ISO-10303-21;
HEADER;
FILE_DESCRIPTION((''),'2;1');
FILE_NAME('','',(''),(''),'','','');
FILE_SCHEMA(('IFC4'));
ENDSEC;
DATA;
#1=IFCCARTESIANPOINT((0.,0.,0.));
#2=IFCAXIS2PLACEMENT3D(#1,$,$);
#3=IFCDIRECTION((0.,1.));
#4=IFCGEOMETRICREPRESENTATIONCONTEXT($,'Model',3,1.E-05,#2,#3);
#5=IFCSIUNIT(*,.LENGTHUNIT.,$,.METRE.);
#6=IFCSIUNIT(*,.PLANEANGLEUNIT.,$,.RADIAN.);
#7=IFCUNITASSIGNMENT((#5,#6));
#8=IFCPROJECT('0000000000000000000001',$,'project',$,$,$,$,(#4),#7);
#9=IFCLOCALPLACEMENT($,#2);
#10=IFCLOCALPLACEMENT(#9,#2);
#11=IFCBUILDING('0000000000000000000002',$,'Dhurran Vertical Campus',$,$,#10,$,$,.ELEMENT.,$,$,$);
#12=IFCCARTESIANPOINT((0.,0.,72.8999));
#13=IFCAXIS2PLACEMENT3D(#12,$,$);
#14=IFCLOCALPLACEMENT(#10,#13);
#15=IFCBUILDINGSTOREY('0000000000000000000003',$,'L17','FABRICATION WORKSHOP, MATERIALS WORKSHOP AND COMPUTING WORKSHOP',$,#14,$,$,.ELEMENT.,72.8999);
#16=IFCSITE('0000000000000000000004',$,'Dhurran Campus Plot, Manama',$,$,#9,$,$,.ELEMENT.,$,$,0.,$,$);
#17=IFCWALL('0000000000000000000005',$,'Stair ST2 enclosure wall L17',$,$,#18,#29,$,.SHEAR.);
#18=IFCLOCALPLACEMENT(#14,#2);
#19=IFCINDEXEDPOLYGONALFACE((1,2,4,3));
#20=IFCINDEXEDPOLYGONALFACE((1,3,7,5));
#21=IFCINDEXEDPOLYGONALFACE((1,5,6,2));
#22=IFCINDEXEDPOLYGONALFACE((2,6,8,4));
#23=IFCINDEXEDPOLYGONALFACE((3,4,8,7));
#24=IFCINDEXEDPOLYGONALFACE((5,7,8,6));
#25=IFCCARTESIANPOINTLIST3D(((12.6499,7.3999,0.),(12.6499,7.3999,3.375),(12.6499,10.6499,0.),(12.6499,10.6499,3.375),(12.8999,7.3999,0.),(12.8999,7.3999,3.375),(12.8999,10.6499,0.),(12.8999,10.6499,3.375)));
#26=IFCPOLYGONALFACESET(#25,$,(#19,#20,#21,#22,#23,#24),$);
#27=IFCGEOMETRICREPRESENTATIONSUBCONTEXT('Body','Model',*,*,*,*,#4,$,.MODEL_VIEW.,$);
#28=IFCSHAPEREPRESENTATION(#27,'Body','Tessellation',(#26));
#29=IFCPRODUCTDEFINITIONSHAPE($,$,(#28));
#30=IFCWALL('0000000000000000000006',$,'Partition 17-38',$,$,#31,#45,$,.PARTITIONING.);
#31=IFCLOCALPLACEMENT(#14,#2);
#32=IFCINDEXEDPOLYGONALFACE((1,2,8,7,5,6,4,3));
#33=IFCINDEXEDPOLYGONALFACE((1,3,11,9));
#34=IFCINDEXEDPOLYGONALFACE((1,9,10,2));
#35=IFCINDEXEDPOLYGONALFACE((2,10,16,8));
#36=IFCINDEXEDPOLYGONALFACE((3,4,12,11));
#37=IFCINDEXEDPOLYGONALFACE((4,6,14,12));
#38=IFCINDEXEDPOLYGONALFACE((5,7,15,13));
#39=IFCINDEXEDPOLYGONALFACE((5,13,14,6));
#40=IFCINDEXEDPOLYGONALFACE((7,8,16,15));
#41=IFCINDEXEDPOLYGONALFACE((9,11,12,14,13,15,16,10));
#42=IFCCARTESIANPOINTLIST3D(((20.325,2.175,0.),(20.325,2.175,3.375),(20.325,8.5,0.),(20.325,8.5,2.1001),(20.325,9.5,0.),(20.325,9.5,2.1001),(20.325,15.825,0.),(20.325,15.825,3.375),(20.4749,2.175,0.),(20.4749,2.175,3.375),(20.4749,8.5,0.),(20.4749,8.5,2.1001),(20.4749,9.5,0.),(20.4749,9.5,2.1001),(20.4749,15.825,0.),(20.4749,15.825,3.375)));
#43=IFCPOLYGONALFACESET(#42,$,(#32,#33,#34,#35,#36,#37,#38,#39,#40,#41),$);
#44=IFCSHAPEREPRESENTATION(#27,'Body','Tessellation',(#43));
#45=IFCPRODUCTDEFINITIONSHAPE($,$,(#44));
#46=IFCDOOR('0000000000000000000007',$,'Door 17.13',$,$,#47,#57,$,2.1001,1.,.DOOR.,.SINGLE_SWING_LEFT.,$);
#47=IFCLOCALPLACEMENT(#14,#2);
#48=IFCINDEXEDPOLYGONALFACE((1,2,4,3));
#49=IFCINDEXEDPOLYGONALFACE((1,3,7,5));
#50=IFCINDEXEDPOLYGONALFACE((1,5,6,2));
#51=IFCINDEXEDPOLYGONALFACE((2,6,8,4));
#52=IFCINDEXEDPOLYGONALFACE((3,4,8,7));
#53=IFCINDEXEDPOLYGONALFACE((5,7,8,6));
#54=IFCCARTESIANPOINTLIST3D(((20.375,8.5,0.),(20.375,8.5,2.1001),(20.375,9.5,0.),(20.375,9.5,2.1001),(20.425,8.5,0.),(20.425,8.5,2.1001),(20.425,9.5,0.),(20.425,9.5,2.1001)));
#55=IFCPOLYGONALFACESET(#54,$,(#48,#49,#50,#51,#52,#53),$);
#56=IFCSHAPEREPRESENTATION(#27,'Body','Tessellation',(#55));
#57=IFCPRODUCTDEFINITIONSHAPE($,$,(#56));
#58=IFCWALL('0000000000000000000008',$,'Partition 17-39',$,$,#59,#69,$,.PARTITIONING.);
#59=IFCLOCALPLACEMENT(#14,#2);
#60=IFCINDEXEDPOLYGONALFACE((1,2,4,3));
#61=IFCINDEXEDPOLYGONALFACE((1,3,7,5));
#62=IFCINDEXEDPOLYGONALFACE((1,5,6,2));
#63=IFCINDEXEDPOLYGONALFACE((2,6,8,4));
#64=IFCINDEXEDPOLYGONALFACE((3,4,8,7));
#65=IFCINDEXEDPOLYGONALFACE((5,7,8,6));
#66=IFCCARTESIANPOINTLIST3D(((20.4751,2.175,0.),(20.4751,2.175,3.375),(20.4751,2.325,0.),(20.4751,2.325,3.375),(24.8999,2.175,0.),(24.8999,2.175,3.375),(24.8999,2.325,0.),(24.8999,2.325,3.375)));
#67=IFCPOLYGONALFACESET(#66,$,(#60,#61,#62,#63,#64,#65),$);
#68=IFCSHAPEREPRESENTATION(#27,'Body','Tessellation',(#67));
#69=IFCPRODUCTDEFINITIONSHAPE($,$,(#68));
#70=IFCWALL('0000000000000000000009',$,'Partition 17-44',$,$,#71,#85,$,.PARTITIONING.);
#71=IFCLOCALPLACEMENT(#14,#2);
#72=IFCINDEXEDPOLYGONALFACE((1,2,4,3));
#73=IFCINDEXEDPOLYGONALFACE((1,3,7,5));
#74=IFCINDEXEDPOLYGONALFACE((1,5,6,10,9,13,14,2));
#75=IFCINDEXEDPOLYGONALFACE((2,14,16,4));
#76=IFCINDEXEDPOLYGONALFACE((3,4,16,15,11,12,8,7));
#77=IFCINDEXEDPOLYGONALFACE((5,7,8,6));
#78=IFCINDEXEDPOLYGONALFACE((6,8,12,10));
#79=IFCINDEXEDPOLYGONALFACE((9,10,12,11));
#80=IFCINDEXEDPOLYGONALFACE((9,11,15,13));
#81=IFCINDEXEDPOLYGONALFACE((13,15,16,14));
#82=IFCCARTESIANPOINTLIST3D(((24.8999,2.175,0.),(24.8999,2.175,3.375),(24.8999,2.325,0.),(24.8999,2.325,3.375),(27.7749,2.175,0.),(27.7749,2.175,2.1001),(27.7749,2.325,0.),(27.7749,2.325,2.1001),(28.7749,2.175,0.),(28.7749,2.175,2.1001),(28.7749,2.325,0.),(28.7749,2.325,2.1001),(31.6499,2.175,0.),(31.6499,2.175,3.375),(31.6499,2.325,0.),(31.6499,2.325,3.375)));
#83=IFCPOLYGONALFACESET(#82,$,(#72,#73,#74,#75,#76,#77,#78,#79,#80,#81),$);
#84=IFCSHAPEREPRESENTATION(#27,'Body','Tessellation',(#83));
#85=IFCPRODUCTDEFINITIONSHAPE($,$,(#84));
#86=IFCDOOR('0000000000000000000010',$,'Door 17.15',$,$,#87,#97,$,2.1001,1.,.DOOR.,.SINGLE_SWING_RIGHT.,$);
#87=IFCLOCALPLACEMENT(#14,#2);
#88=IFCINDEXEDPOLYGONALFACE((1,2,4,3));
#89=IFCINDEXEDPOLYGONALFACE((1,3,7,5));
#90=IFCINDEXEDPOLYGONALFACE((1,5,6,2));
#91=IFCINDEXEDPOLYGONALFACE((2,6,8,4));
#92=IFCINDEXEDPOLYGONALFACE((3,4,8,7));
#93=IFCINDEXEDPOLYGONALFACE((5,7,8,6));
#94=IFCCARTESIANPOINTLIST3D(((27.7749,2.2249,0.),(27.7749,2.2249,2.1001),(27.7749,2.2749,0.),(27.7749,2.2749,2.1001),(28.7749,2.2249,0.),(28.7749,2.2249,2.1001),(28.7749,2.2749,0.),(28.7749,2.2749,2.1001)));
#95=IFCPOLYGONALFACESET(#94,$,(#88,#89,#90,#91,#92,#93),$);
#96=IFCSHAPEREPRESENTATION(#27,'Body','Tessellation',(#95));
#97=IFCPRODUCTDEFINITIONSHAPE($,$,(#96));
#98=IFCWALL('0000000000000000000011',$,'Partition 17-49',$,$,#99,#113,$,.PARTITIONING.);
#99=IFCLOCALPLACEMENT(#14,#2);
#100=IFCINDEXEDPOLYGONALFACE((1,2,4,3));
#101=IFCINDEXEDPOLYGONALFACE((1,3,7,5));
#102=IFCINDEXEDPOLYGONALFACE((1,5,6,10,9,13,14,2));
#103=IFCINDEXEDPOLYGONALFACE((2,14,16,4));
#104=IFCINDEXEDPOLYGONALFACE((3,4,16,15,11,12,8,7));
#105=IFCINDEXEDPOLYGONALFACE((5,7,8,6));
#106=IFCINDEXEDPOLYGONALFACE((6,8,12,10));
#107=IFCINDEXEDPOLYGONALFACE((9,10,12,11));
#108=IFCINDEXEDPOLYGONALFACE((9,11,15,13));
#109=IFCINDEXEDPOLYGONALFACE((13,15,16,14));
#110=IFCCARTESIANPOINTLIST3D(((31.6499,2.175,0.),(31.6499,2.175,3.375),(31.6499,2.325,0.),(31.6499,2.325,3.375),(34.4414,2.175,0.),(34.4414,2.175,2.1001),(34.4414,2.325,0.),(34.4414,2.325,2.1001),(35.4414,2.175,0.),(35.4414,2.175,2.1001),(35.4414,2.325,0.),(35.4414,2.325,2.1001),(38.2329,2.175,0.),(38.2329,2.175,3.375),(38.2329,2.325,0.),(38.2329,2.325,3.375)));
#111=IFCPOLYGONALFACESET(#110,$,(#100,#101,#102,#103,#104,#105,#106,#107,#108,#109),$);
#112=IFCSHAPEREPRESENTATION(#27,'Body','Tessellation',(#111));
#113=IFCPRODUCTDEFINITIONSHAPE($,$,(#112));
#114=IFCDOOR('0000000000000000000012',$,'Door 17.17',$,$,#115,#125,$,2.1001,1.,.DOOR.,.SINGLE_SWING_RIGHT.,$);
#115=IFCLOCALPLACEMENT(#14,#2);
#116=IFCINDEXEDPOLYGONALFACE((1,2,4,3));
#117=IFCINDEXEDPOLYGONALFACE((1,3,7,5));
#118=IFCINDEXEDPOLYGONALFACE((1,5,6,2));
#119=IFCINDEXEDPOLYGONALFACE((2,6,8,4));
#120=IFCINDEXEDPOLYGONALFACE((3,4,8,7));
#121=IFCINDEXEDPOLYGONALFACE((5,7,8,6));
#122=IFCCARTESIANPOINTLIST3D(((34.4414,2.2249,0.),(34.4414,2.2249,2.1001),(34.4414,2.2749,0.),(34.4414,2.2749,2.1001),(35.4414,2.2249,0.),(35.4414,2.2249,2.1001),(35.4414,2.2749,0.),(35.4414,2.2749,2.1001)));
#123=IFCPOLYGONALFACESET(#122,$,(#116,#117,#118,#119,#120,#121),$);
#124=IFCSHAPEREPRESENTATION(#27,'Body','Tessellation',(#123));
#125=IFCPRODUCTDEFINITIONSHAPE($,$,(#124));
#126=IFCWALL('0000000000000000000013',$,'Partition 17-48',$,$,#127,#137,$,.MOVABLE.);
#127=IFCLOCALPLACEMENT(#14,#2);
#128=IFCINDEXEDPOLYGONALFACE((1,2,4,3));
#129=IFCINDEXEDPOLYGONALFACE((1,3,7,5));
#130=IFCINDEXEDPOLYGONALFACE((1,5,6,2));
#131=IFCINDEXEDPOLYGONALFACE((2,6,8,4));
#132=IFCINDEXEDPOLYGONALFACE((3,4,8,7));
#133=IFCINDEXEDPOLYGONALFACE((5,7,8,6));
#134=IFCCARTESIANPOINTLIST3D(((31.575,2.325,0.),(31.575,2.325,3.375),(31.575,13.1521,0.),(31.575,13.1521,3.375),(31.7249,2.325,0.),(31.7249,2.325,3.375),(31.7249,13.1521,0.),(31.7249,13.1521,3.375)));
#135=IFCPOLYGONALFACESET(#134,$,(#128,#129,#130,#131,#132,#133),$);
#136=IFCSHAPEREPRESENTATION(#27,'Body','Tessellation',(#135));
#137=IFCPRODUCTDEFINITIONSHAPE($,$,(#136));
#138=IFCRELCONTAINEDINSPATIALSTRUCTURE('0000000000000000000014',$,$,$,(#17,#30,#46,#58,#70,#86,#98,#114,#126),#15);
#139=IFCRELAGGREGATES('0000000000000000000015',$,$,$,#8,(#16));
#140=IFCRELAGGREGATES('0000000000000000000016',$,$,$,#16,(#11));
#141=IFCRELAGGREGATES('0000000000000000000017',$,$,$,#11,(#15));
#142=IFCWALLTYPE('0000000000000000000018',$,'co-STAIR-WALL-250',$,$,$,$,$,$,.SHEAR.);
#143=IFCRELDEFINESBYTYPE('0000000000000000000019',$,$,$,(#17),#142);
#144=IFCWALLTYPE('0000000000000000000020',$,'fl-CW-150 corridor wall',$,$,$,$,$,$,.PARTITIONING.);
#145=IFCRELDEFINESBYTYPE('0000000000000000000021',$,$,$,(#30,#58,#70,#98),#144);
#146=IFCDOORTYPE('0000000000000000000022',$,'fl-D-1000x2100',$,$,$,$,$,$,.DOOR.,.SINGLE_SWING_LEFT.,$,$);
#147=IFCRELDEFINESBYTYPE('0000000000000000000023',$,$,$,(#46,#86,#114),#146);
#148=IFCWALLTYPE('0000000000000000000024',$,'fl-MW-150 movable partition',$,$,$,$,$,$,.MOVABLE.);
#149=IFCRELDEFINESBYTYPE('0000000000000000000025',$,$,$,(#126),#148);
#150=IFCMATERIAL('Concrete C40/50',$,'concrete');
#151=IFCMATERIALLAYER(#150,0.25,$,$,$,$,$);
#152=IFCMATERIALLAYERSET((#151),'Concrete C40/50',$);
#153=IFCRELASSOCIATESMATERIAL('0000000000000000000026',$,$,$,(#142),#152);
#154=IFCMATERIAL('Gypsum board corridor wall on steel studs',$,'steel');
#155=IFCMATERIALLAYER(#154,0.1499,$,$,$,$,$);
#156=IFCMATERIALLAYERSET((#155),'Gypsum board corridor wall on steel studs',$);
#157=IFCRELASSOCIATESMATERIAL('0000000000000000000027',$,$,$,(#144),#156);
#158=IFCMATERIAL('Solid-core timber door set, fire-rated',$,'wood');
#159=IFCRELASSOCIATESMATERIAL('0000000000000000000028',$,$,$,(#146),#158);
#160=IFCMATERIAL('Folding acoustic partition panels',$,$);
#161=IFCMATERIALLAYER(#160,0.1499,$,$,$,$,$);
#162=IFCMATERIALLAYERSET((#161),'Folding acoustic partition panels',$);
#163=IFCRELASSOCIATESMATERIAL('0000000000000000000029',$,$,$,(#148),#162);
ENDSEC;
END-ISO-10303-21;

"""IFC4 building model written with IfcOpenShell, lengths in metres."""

from ifc_helpers import new_model, si_unit, direction, frame, frame_2d, origin, place, context, subcontext, project, spatial, rectangle, extrude, material, layer, layer_set, type_object, element, fill, save


model = new_model("IFC4")

# Units and contexts
model_context = context("Model", 3, precision=1e-05, world=origin(), true_north=direction((0.0, 1.0)))
body_context = subcontext(model_context, "Body", "Model", "MODEL_VIEW")
ifc_project = project(units=[si_unit("LENGTHUNIT", "METRE"), si_unit("PLANEANGLEUNIT", "RADIAN")], contexts=[model_context])

# Site, building, storey
site_placement = place(None, origin())
site = spatial("IfcSite", under=ifc_project, at=site_placement, Name="Dhurran Campus Plot, Manama", CompositionType="ELEMENT", RefElevation=0.0)
building_placement = place(site_placement, origin())
building = spatial("IfcBuilding", under=site, at=building_placement, Name="Dhurran Vertical Campus", CompositionType="ELEMENT")
storey_placement = place(building_placement, frame((0.0, 0.0, 72.8999)))
storey = spatial("IfcBuildingStorey", under=building, at=storey_placement, Name="L17", Description="FABRICATION WORKSHOP, MATERIALS WORKSHOP AND COMPUTING WORKSHOP", CompositionType="ELEMENT", Elevation=72.8999)

# Wall
ifc_material_1 = material(Name="Concrete C40/50", Category="concrete")
ifc_layer_1 = layer(ifc_material_1, 0.25)
ifc_layer_set_1 = layer_set([ifc_layer_1], Name="Concrete C40/50")
wall_type_1 = type_object("IfcWallType", Name="co-STAIR-WALL-250", PredefinedType="SHEAR", material=ifc_layer_set_1)
wall_1_placement = place(storey_placement, frame((12.7749, 7.3999, 0.0), z_axis=(0.0, 0.0, 1.0), x_axis=(0.0, 1.0, 0.0)))
element("IfcWall", 1, at=wall_1_placement, inside=storey, type_object=wall_type_1, Name="Stair ST2 enclosure wall L17", PredefinedType="SHEAR", context=body_context, shape_type="SweptSolid", body=[
    extrude(rectangle(XDim=3.25, YDim=0.25, at=frame_2d((1.625, 0.0))), origin(), (0.0, 0.0, 1.0), 3.375),
])

# Wall, opening, door
ifc_material_2 = material(Name="Gypsum board corridor wall on steel studs", Category="steel")
ifc_layer_2 = layer(ifc_material_2, 0.1499)
ifc_layer_set_2 = layer_set([ifc_layer_2], Name="Gypsum board corridor wall on steel studs")
wall_type_2 = type_object("IfcWallType", Name="fl-CW-150 corridor wall", PredefinedType="PARTITIONING", material=ifc_layer_set_2)
wall_2_placement = place(storey_placement, frame((20.3999, 2.175, 0.0), z_axis=(0.0, 0.0, 1.0), x_axis=(0.0, 1.0, 0.0)))
wall_2 = element("IfcWall", 2, at=wall_2_placement, inside=storey, type_object=wall_type_2, Name="Partition 17-38", PredefinedType="PARTITIONING", context=body_context, shape_type="SweptSolid", body=[
    extrude(rectangle(XDim=13.6499, YDim=0.1499, at=frame_2d((6.825, 0.0))), origin(), (0.0, 0.0, 1.0), 3.375),
])
opening_1_placement = place(wall_2_placement, frame((6.325, 0.0, 0.0)))
opening_1 = element("IfcOpeningElement", 3, at=opening_1_placement, cuts=wall_2, PredefinedType="OPENING", context=body_context, shape_type="SweptSolid", body=[
    extrude(rectangle(XDim=1.0, YDim=2.1001, at=frame_2d((0.5, 1.05))), frame((0.0, 0.085, 0.0), z_axis=(0.0, -1.0, 0.0), x_axis=(1.0, 0.0, 0.0)), (0.0, 0.0, 1.0), 0.1699),
])
ifc_material_3 = material(Name="Solid-core timber door set, fire-rated", Category="wood")
door_type_1 = type_object("IfcDoorType", Name="fl-D-1000x2100", OperationType="SINGLE_SWING_LEFT", PredefinedType="DOOR", material=ifc_material_3)
door_1_placement = place(opening_1_placement, origin())
door_1 = element("IfcDoor", 4, at=door_1_placement, inside=storey, type_object=door_type_1, Name="Door 17.13", OperationType="SINGLE_SWING_LEFT", OverallHeight=2.1001, OverallWidth=1.0, PredefinedType="DOOR", context=body_context, shape_type="SweptSolid", body=[
    extrude(rectangle(XDim=1.0, YDim=2.1001, at=frame_2d((0.5, 1.05))), frame((0.0, 0.0249, 0.0), z_axis=(0.0, -1.0, 0.0), x_axis=(1.0, 0.0, 0.0)), (0.0, 0.0, 1.0), 0.05),
])
fill(opening_1, door_1)

# Wall
wall_3_placement = place(storey_placement, frame((20.4751, 2.25, 0.0), z_axis=(0.0, 0.0, 1.0), x_axis=(1.0, 0.0, 0.0)))
element("IfcWall", 5, at=wall_3_placement, inside=storey, type_object=wall_type_2, Name="Partition 17-39", PredefinedType="PARTITIONING", context=body_context, shape_type="SweptSolid", body=[
    extrude(rectangle(XDim=4.4248, YDim=0.1499, at=frame_2d((2.2124, 0.0))), origin(), (0.0, 0.0, 1.0), 3.375),
])

# Walls, openings, doors
wall_4_placement = place(storey_placement, frame((24.8999, 2.25, 0.0), z_axis=(0.0, 0.0, 1.0), x_axis=(1.0, 0.0, 0.0)))
wall_4 = element("IfcWall", 6, at=wall_4_placement, inside=storey, type_object=wall_type_2, Name="Partition 17-44", PredefinedType="PARTITIONING", context=body_context, shape_type="SweptSolid", body=[
    extrude(rectangle(XDim=6.75, YDim=0.1499, at=frame_2d((3.375, 0.0))), origin(), (0.0, 0.0, 1.0), 3.375),
])
opening_2_placement = place(wall_4_placement, frame((2.875, 0.0, 0.0)))
opening_2 = element("IfcOpeningElement", 7, at=opening_2_placement, cuts=wall_4, PredefinedType="OPENING", context=body_context, shape_type="SweptSolid", body=[
    extrude(rectangle(XDim=1.0, YDim=2.1001, at=frame_2d((0.5, 1.05))), frame((0.0, 0.085, 0.0), z_axis=(0.0, -1.0, 0.0), x_axis=(1.0, 0.0, 0.0)), (0.0, 0.0, 1.0), 0.1699),
])
door_2_placement = place(opening_2_placement, origin())
door_2 = element("IfcDoor", 8, at=door_2_placement, inside=storey, type_object=door_type_1, Name="Door 17.15", OperationType="SINGLE_SWING_RIGHT", OverallHeight=2.1001, OverallWidth=1.0, PredefinedType="DOOR", context=body_context, shape_type="SweptSolid", body=[
    extrude(rectangle(XDim=1.0, YDim=2.1001, at=frame_2d((0.5, 1.05))), frame((0.0, 0.0249, 0.0), z_axis=(0.0, -1.0, 0.0), x_axis=(1.0, 0.0, 0.0)), (0.0, 0.0, 1.0), 0.05),
])
fill(opening_2, door_2)
wall_5_placement = place(storey_placement, frame((31.6499, 2.25, 0.0), z_axis=(0.0, 0.0, 1.0), x_axis=(1.0, 0.0, 0.0)))
wall_5 = element("IfcWall", 9, at=wall_5_placement, inside=storey, type_object=wall_type_2, Name="Partition 17-49", PredefinedType="PARTITIONING", context=body_context, shape_type="SweptSolid", body=[
    extrude(rectangle(XDim=6.583, YDim=0.1499, at=frame_2d((3.2915, 0.0))), origin(), (0.0, 0.0, 1.0), 3.375),
])
opening_3_placement = place(wall_5_placement, frame((2.7915, 0.0, 0.0)))
opening_3 = element("IfcOpeningElement", 10, at=opening_3_placement, cuts=wall_5, PredefinedType="OPENING", context=body_context, shape_type="SweptSolid", body=[
    extrude(rectangle(XDim=1.0, YDim=2.1001, at=frame_2d((0.5, 1.05))), frame((0.0, 0.085, 0.0), z_axis=(0.0, -1.0, 0.0), x_axis=(1.0, 0.0, 0.0)), (0.0, 0.0, 1.0), 0.1699),
])
door_3_placement = place(opening_3_placement, origin())
door_3 = element("IfcDoor", 11, at=door_3_placement, inside=storey, type_object=door_type_1, Name="Door 17.17", OperationType="SINGLE_SWING_RIGHT", OverallHeight=2.1001, OverallWidth=1.0, PredefinedType="DOOR", context=body_context, shape_type="SweptSolid", body=[
    extrude(rectangle(XDim=1.0, YDim=2.1001, at=frame_2d((0.5, 1.05))), frame((0.0, 0.0249, 0.0), z_axis=(0.0, -1.0, 0.0), x_axis=(1.0, 0.0, 0.0)), (0.0, 0.0, 1.0), 0.05),
])
fill(opening_3, door_3)

# Wall
ifc_material_4 = material(Name="Folding acoustic partition panels")
ifc_layer_3 = layer(ifc_material_4, 0.1499)
ifc_layer_set_3 = layer_set([ifc_layer_3], Name="Folding acoustic partition panels")
wall_type_3 = type_object("IfcWallType", Name="fl-MW-150 movable partition", PredefinedType="MOVABLE", material=ifc_layer_set_3)
wall_6_placement = place(storey_placement, frame((31.6499, 13.1521, 0.0), z_axis=(0.0, 0.0, 1.0), x_axis=(0.0, -1.0, 0.0)))
element("IfcWall", 12, at=wall_6_placement, inside=storey, type_object=wall_type_3, Name="Partition 17-48", PredefinedType="MOVABLE", context=body_context, shape_type="SweptSolid", body=[
    extrude(rectangle(XDim=10.8271, YDim=0.1499, at=frame_2d((5.4136, 0.0))), origin(), (0.0, 0.0, 1.0), 3.375),
])

save(model, "model.ifc")
